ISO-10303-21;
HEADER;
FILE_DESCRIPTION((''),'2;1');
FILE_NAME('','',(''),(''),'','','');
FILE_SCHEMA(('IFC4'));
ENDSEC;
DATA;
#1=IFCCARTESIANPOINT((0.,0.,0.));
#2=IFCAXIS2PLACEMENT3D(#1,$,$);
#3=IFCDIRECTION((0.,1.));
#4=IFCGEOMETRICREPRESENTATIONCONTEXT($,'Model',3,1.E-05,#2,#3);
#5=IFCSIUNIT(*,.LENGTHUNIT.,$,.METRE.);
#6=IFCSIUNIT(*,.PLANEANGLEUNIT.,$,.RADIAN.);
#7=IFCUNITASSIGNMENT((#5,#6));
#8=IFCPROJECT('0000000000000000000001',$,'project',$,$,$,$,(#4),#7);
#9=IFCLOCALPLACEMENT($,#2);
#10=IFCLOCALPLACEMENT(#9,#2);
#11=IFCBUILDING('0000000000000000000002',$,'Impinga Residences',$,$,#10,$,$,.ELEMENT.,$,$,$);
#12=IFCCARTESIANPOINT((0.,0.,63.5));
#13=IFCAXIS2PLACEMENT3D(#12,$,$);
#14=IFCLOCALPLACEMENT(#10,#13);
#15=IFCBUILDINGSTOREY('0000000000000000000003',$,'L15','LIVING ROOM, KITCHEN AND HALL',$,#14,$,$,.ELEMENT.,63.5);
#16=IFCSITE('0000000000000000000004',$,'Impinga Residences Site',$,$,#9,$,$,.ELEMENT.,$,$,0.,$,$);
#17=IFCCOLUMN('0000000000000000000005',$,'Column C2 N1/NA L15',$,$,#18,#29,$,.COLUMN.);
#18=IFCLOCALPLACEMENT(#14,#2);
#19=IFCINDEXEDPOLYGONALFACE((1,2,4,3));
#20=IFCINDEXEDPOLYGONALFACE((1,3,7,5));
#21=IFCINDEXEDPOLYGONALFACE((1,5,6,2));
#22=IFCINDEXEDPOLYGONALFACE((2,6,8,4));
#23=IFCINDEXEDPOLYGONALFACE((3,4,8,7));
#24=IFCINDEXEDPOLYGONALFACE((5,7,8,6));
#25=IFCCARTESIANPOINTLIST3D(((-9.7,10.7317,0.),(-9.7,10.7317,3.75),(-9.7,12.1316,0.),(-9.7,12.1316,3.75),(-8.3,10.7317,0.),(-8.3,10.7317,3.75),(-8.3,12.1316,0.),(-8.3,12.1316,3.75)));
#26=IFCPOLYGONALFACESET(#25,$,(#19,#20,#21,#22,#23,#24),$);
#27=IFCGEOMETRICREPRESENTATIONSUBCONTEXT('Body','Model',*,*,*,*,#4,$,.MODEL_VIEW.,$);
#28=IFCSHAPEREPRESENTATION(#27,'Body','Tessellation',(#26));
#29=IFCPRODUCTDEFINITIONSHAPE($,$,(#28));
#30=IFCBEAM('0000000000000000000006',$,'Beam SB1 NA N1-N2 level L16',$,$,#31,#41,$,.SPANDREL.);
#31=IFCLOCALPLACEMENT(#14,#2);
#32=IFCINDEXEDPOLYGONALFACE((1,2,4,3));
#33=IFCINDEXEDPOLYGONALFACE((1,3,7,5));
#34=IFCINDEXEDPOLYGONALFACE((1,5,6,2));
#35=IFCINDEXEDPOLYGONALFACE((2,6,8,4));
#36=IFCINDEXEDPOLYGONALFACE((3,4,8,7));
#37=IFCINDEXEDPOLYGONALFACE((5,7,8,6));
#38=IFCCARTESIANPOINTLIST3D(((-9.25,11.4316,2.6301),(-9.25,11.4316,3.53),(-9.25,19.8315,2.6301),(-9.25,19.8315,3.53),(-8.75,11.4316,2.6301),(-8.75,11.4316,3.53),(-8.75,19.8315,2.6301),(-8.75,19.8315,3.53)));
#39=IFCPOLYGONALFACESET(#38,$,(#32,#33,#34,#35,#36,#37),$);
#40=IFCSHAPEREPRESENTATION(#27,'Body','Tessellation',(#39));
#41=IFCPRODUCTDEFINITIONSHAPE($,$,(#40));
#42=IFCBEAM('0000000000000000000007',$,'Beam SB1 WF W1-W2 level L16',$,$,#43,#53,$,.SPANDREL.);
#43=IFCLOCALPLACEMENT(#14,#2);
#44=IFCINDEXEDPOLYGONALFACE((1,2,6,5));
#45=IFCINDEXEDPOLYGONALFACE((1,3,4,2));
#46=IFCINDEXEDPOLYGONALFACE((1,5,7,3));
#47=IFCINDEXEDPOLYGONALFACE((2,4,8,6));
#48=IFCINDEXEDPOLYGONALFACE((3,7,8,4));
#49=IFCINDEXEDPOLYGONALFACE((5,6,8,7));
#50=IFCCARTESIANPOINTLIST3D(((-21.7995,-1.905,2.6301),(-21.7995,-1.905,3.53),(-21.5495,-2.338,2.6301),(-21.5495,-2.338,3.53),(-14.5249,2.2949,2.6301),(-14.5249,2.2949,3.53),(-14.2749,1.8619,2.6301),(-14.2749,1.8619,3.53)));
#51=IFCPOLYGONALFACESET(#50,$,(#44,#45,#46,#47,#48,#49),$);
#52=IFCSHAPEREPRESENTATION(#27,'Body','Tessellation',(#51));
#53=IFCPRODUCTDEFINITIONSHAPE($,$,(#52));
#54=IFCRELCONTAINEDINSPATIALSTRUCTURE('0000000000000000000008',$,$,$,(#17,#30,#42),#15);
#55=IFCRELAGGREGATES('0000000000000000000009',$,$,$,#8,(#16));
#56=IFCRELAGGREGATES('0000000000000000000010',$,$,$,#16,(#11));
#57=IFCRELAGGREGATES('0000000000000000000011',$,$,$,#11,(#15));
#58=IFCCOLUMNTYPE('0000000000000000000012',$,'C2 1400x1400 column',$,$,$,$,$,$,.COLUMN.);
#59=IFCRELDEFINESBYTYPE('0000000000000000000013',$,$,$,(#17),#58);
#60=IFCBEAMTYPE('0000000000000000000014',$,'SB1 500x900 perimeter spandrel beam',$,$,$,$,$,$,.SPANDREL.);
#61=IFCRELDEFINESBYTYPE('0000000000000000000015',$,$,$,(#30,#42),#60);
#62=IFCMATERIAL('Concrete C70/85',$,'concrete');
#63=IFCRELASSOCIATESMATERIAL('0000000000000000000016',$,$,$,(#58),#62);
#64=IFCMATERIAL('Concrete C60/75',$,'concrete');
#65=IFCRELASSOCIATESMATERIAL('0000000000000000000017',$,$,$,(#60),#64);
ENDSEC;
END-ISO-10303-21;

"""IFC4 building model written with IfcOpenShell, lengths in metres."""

from ifc_helpers import new_model, si_unit, direction, frame, origin, origin_2d, place, context, subcontext, project, spatial, rectangle, extrude, material, material_profile, profile_set, type_object, element, save


model = new_model("IFC4")

# Units and contexts
model_context = context("Model", 3, precision=1e-05, world=origin(), true_north=direction((0.0, 1.0)))
body_context = subcontext(model_context, "Body", "Model", "MODEL_VIEW")
ifc_project = project(units=[si_unit("LENGTHUNIT", "METRE"), si_unit("PLANEANGLEUNIT", "RADIAN")], contexts=[model_context])

# Site, building, storey
site_placement = place(None, origin())
site = spatial("IfcSite", under=ifc_project, at=site_placement, Name="Impinga Residences Site", CompositionType="ELEMENT", RefElevation=0.0)
building_placement = place(site_placement, origin())
building = spatial("IfcBuilding", under=site, at=building_placement, Name="Impinga Residences", CompositionType="ELEMENT")
storey_placement = place(building_placement, frame((0.0, 0.0, 63.5)))
storey = spatial("IfcBuildingStorey", under=building, at=storey_placement, Name="L15", Description="LIVING ROOM, KITCHEN AND HALL", CompositionType="ELEMENT", Elevation=63.5)

# Column
ifc_material_1 = material(Name="Concrete C70/85", Category="concrete")
ifc_material_profile_1 = material_profile(ifc_material_1, rectangle(XDim=1.3999, YDim=1.3999, at=origin_2d()), Name="RC 1400x1400")
ifc_profile_set_1 = profile_set([ifc_material_profile_1], Name="Concrete C70/85")
column_type = type_object("IfcColumnType", Name="C2 1400x1400 column", PredefinedType="COLUMN", material=ifc_profile_set_1)
column_placement = place(storey_placement, frame((-9.0, 11.4316, 0.0), z_axis=(0.0, 0.0, 1.0), x_axis=(1.0, 0.0, 0.0)))
element("IfcColumn", 1, at=column_placement, inside=storey, type_object=column_type, Name="Column C2 N1/NA L15", PredefinedType="COLUMN", context=body_context, shape_type="SweptSolid", body=[
    extrude(rectangle(XDim=1.3999, YDim=1.3999, at=origin_2d()), origin(), (0.0, 0.0, 1.0), 3.75),
])

# Beams
ifc_material_2 = material(Name="Concrete C60/75", Category="concrete")
ifc_material_profile_2 = material_profile(ifc_material_2, rectangle(XDim=0.5, YDim=0.8999, at=origin_2d()), Name="RC 500x900")
ifc_profile_set_2 = profile_set([ifc_material_profile_2], Name="Concrete C60/75")
beam_type = type_object("IfcBeamType", Name="SB1 500x900 perimeter spandrel beam", PredefinedType="SPANDREL", material=ifc_profile_set_2)
for number, where, z_axis, x_axis, name in (
    (2, (-9.0, 11.4316, 3.0801), (0.0, 1.0, 0.0), (-1.0, 0.0, 0.0), "Beam SB1 NA N1-N2 level L16"),
    (3, (-14.3999, 2.0784, 3.0801), (-0.866029, -0.499993, 0.0), (0.499993, -0.866029, 0.0), "Beam SB1 WF W1-W2 level L16"),
):
    element("IfcBeam", number, at=place(storey_placement, frame(where, z_axis=z_axis, x_axis=x_axis)), inside=storey, type_object=beam_type, Name=name, PredefinedType="SPANDREL", context=body_context, shape_type="SweptSolid", body=[
        extrude(rectangle(XDim=0.5, YDim=0.8999, at=origin_2d()), origin(), (0.0, 0.0, 1.0), 8.3999),
    ])

save(model, "model.ifc")
